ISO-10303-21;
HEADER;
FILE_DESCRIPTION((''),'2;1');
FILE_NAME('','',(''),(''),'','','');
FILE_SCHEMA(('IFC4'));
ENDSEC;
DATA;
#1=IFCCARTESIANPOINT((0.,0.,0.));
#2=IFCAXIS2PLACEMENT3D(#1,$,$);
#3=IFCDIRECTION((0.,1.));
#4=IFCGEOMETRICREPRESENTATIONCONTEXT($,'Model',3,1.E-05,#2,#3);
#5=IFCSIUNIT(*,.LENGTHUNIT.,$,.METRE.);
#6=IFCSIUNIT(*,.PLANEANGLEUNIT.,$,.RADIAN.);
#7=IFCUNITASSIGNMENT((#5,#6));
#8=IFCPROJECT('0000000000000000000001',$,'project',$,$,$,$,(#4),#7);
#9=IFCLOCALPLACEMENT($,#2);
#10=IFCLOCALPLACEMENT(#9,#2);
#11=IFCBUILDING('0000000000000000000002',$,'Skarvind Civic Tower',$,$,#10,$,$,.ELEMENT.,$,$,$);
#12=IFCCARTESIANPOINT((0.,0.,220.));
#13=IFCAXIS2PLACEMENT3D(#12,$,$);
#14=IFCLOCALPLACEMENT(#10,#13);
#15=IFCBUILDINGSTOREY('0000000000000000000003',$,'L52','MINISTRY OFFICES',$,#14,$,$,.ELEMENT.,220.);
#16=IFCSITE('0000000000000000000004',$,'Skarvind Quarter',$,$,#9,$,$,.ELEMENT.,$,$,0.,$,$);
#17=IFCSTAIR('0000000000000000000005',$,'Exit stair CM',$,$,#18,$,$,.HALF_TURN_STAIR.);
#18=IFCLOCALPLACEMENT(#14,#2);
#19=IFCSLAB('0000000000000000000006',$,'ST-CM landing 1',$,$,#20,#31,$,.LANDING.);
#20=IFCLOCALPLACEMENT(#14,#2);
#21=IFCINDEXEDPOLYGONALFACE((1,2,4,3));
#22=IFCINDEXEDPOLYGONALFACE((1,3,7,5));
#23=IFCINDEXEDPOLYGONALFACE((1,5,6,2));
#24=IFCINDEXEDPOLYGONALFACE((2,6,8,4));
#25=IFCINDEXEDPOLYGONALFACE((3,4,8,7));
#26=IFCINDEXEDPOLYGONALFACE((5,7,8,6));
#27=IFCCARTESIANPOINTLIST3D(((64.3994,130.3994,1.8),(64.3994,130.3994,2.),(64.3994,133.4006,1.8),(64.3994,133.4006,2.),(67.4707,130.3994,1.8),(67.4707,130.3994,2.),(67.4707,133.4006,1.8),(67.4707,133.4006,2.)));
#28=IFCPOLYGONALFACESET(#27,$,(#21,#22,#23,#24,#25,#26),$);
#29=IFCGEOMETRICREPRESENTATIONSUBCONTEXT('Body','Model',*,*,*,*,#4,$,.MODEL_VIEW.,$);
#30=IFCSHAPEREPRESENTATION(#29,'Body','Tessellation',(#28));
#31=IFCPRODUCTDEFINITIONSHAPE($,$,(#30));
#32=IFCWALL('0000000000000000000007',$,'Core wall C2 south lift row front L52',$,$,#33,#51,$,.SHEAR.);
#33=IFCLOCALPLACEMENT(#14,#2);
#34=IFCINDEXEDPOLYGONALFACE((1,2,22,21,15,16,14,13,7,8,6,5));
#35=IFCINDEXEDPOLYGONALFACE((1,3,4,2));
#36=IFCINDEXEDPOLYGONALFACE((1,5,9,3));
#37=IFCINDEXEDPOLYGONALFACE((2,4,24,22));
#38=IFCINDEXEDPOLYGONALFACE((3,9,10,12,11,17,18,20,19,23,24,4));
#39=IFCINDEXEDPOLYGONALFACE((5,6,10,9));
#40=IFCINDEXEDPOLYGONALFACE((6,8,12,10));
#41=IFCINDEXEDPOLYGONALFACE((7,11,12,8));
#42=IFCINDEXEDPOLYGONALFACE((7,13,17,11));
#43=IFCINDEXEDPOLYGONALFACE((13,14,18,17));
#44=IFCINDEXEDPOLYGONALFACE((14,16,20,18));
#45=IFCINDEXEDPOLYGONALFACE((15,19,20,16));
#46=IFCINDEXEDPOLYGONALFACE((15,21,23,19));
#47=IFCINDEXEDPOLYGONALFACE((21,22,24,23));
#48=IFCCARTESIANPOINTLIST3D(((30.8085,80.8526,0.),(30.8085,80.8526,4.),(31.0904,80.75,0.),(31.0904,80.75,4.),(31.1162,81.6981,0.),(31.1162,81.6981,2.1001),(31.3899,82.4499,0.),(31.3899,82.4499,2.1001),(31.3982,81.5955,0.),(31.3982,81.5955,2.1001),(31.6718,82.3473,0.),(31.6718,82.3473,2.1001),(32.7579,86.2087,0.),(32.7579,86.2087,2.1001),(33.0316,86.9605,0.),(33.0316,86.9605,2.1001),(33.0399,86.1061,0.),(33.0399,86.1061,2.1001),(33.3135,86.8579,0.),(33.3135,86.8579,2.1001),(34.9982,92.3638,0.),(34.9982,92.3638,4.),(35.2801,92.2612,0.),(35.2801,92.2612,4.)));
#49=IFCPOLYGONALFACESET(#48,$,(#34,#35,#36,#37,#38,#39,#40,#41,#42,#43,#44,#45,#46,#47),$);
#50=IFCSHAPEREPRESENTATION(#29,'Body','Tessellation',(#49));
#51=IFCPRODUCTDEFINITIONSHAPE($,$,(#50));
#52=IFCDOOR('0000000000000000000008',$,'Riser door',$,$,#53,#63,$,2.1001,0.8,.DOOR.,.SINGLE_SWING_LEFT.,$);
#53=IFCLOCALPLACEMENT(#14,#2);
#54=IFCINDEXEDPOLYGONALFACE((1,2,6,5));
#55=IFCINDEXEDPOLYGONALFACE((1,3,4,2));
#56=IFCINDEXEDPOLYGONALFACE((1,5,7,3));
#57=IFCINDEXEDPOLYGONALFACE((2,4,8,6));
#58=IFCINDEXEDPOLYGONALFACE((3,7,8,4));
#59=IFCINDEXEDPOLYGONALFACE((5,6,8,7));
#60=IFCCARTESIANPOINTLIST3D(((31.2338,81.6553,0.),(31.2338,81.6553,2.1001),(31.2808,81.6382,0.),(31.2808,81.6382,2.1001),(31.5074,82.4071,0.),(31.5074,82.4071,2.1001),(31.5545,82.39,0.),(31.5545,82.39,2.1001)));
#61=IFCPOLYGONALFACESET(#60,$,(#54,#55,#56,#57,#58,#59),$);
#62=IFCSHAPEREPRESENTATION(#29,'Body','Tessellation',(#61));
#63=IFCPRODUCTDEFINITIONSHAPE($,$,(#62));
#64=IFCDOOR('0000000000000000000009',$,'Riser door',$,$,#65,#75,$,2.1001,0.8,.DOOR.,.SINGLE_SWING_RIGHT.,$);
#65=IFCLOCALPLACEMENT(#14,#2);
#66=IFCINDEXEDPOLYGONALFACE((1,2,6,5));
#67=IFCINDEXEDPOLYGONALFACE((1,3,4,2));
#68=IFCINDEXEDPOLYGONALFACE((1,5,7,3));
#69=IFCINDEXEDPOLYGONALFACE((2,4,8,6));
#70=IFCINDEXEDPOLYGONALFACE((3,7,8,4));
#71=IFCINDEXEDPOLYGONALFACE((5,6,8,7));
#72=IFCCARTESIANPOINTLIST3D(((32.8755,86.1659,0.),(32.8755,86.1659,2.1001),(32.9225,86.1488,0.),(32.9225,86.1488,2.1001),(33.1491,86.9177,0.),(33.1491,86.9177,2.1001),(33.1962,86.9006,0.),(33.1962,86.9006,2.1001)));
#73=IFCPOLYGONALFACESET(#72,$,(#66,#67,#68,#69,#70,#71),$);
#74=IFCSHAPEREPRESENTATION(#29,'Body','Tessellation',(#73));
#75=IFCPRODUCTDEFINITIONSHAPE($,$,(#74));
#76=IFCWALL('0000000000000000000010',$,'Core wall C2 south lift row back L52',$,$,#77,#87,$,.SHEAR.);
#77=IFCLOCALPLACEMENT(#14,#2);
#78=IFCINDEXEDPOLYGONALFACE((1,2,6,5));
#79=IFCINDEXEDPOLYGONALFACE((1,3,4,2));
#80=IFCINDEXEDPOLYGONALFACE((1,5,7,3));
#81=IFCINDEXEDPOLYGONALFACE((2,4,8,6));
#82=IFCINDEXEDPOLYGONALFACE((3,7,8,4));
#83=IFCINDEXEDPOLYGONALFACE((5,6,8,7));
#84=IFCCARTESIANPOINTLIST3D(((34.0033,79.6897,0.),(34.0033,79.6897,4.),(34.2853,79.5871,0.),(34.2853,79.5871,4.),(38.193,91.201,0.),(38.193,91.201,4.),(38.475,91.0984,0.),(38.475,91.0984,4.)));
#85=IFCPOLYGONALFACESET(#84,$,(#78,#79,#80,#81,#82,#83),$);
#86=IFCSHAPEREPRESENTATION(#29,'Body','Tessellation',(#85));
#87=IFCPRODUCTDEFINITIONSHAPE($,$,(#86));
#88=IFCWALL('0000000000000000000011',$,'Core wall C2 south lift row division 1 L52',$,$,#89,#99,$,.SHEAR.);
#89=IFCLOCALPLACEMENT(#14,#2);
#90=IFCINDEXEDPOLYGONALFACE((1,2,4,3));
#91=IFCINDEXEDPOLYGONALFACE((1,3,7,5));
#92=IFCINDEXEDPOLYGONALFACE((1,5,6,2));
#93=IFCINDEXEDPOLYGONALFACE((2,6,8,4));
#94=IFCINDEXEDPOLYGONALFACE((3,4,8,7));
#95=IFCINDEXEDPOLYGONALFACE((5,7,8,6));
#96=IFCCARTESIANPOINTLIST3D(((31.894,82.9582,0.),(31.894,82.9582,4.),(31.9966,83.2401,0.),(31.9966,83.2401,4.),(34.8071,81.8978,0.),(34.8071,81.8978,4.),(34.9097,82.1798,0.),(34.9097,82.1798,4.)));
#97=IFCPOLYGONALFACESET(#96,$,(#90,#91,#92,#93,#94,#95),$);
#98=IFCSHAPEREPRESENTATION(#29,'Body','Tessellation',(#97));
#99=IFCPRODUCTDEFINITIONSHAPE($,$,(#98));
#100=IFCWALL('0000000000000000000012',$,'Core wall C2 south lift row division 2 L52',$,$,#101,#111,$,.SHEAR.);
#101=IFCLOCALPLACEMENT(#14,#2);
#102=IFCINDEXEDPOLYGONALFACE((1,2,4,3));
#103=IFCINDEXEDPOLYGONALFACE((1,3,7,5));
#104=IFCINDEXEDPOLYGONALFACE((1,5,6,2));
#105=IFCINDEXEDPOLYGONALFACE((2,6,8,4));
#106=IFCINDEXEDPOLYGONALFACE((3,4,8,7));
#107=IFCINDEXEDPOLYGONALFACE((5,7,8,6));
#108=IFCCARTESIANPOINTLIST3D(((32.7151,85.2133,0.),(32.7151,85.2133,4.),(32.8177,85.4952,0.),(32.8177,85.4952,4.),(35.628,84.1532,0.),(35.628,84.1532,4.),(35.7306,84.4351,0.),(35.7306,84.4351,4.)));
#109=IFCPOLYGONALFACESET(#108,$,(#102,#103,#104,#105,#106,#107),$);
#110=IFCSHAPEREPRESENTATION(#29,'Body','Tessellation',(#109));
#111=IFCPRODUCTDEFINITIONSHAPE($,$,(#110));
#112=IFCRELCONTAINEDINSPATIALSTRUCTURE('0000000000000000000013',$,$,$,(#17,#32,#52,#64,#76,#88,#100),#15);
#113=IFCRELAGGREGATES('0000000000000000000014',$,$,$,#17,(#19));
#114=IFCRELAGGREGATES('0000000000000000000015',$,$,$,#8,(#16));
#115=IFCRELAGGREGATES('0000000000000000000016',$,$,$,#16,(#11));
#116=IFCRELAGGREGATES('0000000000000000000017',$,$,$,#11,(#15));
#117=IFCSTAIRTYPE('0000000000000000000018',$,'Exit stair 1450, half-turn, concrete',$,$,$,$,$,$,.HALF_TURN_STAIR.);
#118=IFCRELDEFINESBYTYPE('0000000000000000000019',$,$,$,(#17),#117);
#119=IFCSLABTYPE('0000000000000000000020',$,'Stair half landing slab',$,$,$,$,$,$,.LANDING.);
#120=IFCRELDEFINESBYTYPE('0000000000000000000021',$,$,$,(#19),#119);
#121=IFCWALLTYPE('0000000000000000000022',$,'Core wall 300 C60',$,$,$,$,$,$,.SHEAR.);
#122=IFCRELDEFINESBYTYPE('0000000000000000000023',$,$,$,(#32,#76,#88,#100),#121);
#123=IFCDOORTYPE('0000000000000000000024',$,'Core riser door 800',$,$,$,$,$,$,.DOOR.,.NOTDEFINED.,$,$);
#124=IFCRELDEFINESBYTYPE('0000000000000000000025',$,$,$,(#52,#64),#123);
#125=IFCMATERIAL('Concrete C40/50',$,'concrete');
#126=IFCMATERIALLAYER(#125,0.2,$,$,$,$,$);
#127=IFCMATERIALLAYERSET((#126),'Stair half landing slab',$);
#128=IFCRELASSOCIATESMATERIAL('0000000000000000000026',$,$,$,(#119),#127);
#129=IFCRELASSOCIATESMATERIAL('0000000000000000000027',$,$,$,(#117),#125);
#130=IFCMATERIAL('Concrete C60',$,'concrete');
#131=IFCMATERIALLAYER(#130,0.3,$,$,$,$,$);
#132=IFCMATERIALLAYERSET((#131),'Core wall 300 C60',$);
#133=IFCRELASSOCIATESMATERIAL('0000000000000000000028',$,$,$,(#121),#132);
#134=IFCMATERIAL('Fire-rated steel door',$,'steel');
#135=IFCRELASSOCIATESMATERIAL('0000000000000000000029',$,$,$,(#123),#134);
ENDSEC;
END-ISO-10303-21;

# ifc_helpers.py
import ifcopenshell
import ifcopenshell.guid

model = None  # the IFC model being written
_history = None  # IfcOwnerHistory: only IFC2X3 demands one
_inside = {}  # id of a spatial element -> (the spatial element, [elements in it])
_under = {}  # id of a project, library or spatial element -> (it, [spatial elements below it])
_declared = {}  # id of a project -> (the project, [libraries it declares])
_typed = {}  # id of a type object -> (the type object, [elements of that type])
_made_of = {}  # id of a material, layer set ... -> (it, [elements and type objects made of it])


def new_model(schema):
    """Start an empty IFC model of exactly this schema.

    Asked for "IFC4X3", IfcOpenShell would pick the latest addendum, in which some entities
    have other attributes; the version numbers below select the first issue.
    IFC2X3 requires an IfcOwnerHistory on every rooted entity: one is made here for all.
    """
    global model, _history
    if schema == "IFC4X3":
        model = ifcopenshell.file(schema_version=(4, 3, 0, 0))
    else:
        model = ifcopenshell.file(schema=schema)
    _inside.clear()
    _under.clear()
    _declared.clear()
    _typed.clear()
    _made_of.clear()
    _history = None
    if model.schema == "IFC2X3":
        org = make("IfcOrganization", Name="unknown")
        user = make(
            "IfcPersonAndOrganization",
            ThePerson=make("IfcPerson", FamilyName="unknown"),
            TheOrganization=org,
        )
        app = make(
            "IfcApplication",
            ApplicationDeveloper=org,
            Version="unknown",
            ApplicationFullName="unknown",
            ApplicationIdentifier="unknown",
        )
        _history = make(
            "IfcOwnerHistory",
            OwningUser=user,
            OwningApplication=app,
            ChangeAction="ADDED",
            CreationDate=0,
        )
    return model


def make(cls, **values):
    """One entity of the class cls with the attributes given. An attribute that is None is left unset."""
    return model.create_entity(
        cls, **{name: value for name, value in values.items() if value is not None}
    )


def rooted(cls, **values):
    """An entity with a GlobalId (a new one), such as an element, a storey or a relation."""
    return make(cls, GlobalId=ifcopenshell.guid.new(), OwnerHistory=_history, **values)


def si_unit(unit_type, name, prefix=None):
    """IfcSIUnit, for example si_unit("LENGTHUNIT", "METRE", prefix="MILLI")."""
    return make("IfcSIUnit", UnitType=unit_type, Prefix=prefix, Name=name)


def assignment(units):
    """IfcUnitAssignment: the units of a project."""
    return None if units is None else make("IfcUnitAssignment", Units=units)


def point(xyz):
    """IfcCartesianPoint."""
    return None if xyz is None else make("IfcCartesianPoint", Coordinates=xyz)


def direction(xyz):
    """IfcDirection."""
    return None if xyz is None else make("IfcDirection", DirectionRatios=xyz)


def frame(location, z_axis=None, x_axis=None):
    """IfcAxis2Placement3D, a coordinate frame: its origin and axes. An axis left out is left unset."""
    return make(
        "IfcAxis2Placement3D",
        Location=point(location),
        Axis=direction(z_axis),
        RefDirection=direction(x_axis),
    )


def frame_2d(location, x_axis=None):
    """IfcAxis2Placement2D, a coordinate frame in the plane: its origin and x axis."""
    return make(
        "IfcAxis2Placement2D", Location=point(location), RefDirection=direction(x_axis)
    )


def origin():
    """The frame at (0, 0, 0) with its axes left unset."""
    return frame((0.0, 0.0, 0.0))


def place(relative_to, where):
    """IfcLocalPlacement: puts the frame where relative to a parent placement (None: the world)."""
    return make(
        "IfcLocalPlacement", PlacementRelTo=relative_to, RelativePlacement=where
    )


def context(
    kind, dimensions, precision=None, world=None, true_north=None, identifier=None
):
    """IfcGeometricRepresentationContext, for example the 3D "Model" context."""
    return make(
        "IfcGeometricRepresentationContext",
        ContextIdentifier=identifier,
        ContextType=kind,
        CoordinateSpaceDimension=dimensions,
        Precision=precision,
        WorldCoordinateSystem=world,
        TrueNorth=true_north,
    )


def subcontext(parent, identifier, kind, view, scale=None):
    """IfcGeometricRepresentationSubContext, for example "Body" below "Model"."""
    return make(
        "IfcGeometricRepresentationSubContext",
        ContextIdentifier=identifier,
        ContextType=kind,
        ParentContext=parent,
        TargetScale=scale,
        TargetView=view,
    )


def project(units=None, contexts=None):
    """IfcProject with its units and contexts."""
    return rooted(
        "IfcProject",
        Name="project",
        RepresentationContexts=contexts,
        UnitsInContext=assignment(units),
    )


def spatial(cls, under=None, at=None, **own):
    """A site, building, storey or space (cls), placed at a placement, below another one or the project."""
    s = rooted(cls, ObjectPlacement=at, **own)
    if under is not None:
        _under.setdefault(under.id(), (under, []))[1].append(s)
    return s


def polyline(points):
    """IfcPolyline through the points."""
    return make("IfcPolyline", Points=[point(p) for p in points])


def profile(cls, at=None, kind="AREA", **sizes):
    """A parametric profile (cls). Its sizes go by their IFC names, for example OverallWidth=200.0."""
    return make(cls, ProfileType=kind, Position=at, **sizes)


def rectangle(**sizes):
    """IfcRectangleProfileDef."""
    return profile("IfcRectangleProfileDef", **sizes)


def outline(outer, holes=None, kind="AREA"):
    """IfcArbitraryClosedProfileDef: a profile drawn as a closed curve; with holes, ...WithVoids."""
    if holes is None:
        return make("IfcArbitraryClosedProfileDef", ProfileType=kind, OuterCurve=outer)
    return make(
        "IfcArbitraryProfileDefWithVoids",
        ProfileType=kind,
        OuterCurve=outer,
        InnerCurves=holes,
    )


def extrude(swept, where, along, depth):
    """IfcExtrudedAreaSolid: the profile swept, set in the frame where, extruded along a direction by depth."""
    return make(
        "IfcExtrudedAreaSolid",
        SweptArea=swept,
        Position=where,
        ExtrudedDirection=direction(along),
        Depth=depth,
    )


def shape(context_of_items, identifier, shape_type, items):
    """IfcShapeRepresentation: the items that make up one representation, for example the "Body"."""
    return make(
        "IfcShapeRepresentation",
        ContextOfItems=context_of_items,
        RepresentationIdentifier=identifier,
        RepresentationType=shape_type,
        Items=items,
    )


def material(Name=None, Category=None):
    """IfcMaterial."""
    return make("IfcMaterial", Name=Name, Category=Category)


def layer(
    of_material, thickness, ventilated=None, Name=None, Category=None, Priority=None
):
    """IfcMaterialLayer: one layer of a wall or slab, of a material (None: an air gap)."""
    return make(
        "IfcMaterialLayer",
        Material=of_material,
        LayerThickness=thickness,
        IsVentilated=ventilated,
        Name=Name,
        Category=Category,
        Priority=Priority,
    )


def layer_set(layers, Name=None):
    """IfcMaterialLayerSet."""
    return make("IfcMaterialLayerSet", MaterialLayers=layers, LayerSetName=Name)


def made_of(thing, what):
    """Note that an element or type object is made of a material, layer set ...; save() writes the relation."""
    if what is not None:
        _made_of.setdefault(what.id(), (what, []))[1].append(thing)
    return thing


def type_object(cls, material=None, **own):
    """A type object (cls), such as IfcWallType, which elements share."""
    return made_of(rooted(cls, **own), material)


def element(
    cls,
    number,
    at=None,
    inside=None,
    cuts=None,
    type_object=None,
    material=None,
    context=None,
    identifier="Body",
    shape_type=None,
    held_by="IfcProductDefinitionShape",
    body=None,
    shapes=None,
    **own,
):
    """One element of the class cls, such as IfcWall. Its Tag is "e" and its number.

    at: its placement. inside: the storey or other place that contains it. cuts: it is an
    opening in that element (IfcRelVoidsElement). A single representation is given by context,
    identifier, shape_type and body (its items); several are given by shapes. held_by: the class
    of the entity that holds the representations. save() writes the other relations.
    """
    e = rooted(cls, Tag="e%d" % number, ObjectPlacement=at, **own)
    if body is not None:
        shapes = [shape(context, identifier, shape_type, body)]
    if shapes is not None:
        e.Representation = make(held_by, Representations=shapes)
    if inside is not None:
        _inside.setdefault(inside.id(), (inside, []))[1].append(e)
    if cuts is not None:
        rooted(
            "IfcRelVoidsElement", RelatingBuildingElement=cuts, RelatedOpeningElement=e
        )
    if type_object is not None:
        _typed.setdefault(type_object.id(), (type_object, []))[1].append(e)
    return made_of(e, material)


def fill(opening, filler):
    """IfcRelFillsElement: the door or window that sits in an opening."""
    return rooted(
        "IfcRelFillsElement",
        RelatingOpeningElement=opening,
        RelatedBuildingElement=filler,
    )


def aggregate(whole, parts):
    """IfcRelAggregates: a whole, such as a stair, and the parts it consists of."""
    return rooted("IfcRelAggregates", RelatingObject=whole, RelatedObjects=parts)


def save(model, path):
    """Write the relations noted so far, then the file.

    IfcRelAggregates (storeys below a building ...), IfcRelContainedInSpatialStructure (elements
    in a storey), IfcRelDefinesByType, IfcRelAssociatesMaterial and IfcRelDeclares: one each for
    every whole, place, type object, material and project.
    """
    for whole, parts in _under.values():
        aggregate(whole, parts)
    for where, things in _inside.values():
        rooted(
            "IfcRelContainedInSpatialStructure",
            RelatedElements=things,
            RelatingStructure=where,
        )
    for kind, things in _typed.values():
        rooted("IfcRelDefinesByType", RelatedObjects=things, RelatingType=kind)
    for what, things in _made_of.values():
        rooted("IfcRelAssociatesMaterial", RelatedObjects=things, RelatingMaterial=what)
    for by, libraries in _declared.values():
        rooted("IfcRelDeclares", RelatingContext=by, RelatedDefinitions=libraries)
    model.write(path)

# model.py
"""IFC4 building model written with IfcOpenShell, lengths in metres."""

from ifc_helpers import new_model, si_unit, direction, frame, frame_2d, origin, place, context, subcontext, project, spatial, polyline, rectangle, outline, extrude, material, layer, layer_set, type_object, element, fill, aggregate, save


model = new_model("IFC4")

# Units and contexts
model_context = context("Model", 3, precision=1e-05, world=origin(), true_north=direction((0.0, 1.0)))
body_context = subcontext(model_context, "Body", "Model", "MODEL_VIEW")
ifc_project = project(units=[si_unit("LENGTHUNIT", "METRE"), si_unit("PLANEANGLEUNIT", "RADIAN")], contexts=[model_context])

# Site, building, storey
site_placement = place(None, origin())
site = spatial("IfcSite", under=ifc_project, at=site_placement, Name="Skarvind Quarter", CompositionType="ELEMENT", RefElevation=0.0)
building_placement = place(site_placement, origin())
building = spatial("IfcBuilding", under=site, at=building_placement, Name="Skarvind Civic Tower", CompositionType="ELEMENT")
storey_placement = place(building_placement, frame((0.0, 0.0, 220.0)))
storey = spatial("IfcBuildingStorey", under=building, at=storey_placement, Name="L52", Description="MINISTRY OFFICES", CompositionType="ELEMENT", Elevation=220.0)

# Shared definitions
ifc_material_1 = material(Name="Concrete C40/50", Category="concrete")

# Stair, slab
ifc_layer_1 = layer(ifc_material_1, 0.2)
ifc_layer_set_1 = layer_set([ifc_layer_1], Name="Stair half landing slab")
slab_type_1 = type_object("IfcSlabType", Name="Stair half landing slab", PredefinedType="LANDING", material=ifc_layer_set_1)
stair_type_1 = type_object("IfcStairType", Name="Exit stair 1450, half-turn, concrete", PredefinedType="HALF_TURN_STAIR", material=ifc_material_1)
stair_1_placement = place(storey_placement, origin())
stair_1 = element("IfcStair", 1, at=stair_1_placement, inside=storey, type_object=stair_type_1, Name="Exit stair CM", PredefinedType="HALF_TURN_STAIR")
slab_1_placement = place(storey_placement, frame((0.0, 0.0, 1.8)))
slab_1 = element("IfcSlab", 2, at=slab_1_placement, type_object=slab_type_1, Name="ST-CM landing 1", PredefinedType="LANDING", context=body_context, shape_type="SweptSolid", body=[
    extrude(outline(polyline([(67.4707, 133.4006), (67.4707, 130.3994), (64.3994, 130.3994), (64.3994, 133.4006), (67.4707, 133.4006)])), origin(), (0.0, 0.0, 1.0), 0.2),
])
aggregate(stair_1, [slab_1])

# Wall, openings, doors
ifc_material_2 = material(Name="Concrete C60", Category="concrete")
ifc_layer_2 = layer(ifc_material_2, 0.3)
ifc_layer_set_2 = layer_set([ifc_layer_2], Name="Core wall 300 C60")
wall_type_1 = type_object("IfcWallType", Name="Core wall 300 C60", PredefinedType="SHEAR", material=ifc_layer_set_2)
wall_1_placement = place(storey_placement, frame((30.9495, 80.8013, 0.0), z_axis=(0.0, 0.0, 1.0), x_axis=(0.342017, 0.939694, 0.0)))
wall_1 = element("IfcWall", 3, at=wall_1_placement, inside=storey, type_object=wall_type_1, Name="Core wall C2 south lift row front L52", PredefinedType="SHEAR", context=body_context, shape_type="SweptSolid", body=[
    extrude(rectangle(XDim=12.25, YDim=0.3, at=frame_2d((6.125, 0.0))), origin(), (0.0, 0.0, 1.0), 4.0),
])
opening_1_placement = place(wall_1_placement, frame((0.8999, 0.0, 0.0)))
opening_1 = element("IfcOpeningElement", 4, at=opening_1_placement, cuts=wall_1, PredefinedType="OPENING", context=body_context, shape_type="SweptSolid", body=[
    extrude(rectangle(XDim=0.8, YDim=2.1001, at=frame_2d((0.3999, 1.05))), frame((0.0, 0.1599, 0.0), z_axis=(0.0, -1.0, 0.0), x_axis=(1.0, 0.0, 0.0)), (0.0, 0.0, 1.0), 0.3201),
])
opening_2_placement = place(wall_1_placement, frame((5.7, 0.0, 0.0)))
opening_2 = element("IfcOpeningElement", 5, at=opening_2_placement, cuts=wall_1, PredefinedType="OPENING", context=body_context, shape_type="SweptSolid", body=[
    extrude(rectangle(XDim=0.8, YDim=2.1001, at=frame_2d((0.3999, 1.05))), frame((0.0, 0.1599, 0.0), z_axis=(0.0, -1.0, 0.0), x_axis=(1.0, 0.0, 0.0)), (0.0, 0.0, 1.0), 0.3201),
])
ifc_material_3 = material(Name="Fire-rated steel door", Category="steel")
door_type_1 = type_object("IfcDoorType", Name="Core riser door 800", OperationType="NOTDEFINED", PredefinedType="DOOR", material=ifc_material_3)
door_1_placement = place(opening_1_placement, origin())
door_1 = element("IfcDoor", 6, at=door_1_placement, inside=storey, type_object=door_type_1, Name="Riser door", OperationType="SINGLE_SWING_LEFT", OverallHeight=2.1001, OverallWidth=0.8, PredefinedType="DOOR", context=body_context, shape_type="SweptSolid", body=[
    extrude(rectangle(XDim=0.8, YDim=2.1001, at=frame_2d((0.3999, 1.05))), frame((0.0, 0.0249, 0.0), z_axis=(0.0, -1.0, 0.0), x_axis=(1.0, 0.0, 0.0)), (0.0, 0.0, 1.0), 0.05),
])
fill(opening_1, door_1)
door_2_placement = place(opening_2_placement, origin())
door_2 = element("IfcDoor", 7, at=door_2_placement, inside=storey, type_object=door_type_1, Name="Riser door", OperationType="SINGLE_SWING_RIGHT", OverallHeight=2.1001, OverallWidth=0.8, PredefinedType="DOOR", context=body_context, shape_type="SweptSolid", body=[
    extrude(rectangle(XDim=0.8, YDim=2.1001, at=frame_2d((0.3999, 1.05))), frame((0.0, 0.0249, 0.0), z_axis=(0.0, -1.0, 0.0), x_axis=(1.0, 0.0, 0.0)), (0.0, 0.0, 1.0), 0.05),
])
fill(opening_2, door_2)

# Walls
wall_2_placement = place(storey_placement, frame((34.1443, 79.6384, 0.0), z_axis=(0.0, 0.0, 1.0), x_axis=(0.342017, 0.939694, 0.0)))
element("IfcWall", 8, at=wall_2_placement, inside=storey, type_object=wall_type_1, Name="Core wall C2 south lift row back L52", PredefinedType="SHEAR", context=body_context, shape_type="SweptSolid", body=[
    extrude(rectangle(XDim=12.25, YDim=0.3, at=frame_2d((6.125, 0.0))), origin(), (0.0, 0.0, 1.0), 4.0),
])
wall_3_placement = place(storey_placement, frame((34.8584, 82.0388, 0.0), z_axis=(0.0, 0.0, 1.0), x_axis=(-0.93969, 0.342028, 0.0)))
element("IfcWall", 9, at=wall_3_placement, inside=storey, type_object=wall_type_1, Name="Core wall C2 south lift row division 1 L52", PredefinedType="SHEAR", context=body_context, shape_type="SweptSolid", body=[
    extrude(rectangle(XDim=3.1001, YDim=0.3, at=frame_2d((1.55, 0.0))), origin(), (0.0, 0.0, 1.0), 4.0),
])
wall_4_placement = place(storey_placement, frame((35.6792, 84.2942, 0.0), z_axis=(0.0, 0.0, 1.0), x_axis=(-0.939706, 0.341983, 0.0)))
element("IfcWall", 10, at=wall_4_placement, inside=storey, type_object=wall_type_1, Name="Core wall C2 south lift row division 2 L52", PredefinedType="SHEAR", context=body_context, shape_type="SweptSolid", body=[
    extrude(rectangle(XDim=3.0999, YDim=0.3, at=frame_2d((1.5498, 0.0))), origin(), (0.0, 0.0, 1.0), 4.0),
])

save(model, "model.ifc")
